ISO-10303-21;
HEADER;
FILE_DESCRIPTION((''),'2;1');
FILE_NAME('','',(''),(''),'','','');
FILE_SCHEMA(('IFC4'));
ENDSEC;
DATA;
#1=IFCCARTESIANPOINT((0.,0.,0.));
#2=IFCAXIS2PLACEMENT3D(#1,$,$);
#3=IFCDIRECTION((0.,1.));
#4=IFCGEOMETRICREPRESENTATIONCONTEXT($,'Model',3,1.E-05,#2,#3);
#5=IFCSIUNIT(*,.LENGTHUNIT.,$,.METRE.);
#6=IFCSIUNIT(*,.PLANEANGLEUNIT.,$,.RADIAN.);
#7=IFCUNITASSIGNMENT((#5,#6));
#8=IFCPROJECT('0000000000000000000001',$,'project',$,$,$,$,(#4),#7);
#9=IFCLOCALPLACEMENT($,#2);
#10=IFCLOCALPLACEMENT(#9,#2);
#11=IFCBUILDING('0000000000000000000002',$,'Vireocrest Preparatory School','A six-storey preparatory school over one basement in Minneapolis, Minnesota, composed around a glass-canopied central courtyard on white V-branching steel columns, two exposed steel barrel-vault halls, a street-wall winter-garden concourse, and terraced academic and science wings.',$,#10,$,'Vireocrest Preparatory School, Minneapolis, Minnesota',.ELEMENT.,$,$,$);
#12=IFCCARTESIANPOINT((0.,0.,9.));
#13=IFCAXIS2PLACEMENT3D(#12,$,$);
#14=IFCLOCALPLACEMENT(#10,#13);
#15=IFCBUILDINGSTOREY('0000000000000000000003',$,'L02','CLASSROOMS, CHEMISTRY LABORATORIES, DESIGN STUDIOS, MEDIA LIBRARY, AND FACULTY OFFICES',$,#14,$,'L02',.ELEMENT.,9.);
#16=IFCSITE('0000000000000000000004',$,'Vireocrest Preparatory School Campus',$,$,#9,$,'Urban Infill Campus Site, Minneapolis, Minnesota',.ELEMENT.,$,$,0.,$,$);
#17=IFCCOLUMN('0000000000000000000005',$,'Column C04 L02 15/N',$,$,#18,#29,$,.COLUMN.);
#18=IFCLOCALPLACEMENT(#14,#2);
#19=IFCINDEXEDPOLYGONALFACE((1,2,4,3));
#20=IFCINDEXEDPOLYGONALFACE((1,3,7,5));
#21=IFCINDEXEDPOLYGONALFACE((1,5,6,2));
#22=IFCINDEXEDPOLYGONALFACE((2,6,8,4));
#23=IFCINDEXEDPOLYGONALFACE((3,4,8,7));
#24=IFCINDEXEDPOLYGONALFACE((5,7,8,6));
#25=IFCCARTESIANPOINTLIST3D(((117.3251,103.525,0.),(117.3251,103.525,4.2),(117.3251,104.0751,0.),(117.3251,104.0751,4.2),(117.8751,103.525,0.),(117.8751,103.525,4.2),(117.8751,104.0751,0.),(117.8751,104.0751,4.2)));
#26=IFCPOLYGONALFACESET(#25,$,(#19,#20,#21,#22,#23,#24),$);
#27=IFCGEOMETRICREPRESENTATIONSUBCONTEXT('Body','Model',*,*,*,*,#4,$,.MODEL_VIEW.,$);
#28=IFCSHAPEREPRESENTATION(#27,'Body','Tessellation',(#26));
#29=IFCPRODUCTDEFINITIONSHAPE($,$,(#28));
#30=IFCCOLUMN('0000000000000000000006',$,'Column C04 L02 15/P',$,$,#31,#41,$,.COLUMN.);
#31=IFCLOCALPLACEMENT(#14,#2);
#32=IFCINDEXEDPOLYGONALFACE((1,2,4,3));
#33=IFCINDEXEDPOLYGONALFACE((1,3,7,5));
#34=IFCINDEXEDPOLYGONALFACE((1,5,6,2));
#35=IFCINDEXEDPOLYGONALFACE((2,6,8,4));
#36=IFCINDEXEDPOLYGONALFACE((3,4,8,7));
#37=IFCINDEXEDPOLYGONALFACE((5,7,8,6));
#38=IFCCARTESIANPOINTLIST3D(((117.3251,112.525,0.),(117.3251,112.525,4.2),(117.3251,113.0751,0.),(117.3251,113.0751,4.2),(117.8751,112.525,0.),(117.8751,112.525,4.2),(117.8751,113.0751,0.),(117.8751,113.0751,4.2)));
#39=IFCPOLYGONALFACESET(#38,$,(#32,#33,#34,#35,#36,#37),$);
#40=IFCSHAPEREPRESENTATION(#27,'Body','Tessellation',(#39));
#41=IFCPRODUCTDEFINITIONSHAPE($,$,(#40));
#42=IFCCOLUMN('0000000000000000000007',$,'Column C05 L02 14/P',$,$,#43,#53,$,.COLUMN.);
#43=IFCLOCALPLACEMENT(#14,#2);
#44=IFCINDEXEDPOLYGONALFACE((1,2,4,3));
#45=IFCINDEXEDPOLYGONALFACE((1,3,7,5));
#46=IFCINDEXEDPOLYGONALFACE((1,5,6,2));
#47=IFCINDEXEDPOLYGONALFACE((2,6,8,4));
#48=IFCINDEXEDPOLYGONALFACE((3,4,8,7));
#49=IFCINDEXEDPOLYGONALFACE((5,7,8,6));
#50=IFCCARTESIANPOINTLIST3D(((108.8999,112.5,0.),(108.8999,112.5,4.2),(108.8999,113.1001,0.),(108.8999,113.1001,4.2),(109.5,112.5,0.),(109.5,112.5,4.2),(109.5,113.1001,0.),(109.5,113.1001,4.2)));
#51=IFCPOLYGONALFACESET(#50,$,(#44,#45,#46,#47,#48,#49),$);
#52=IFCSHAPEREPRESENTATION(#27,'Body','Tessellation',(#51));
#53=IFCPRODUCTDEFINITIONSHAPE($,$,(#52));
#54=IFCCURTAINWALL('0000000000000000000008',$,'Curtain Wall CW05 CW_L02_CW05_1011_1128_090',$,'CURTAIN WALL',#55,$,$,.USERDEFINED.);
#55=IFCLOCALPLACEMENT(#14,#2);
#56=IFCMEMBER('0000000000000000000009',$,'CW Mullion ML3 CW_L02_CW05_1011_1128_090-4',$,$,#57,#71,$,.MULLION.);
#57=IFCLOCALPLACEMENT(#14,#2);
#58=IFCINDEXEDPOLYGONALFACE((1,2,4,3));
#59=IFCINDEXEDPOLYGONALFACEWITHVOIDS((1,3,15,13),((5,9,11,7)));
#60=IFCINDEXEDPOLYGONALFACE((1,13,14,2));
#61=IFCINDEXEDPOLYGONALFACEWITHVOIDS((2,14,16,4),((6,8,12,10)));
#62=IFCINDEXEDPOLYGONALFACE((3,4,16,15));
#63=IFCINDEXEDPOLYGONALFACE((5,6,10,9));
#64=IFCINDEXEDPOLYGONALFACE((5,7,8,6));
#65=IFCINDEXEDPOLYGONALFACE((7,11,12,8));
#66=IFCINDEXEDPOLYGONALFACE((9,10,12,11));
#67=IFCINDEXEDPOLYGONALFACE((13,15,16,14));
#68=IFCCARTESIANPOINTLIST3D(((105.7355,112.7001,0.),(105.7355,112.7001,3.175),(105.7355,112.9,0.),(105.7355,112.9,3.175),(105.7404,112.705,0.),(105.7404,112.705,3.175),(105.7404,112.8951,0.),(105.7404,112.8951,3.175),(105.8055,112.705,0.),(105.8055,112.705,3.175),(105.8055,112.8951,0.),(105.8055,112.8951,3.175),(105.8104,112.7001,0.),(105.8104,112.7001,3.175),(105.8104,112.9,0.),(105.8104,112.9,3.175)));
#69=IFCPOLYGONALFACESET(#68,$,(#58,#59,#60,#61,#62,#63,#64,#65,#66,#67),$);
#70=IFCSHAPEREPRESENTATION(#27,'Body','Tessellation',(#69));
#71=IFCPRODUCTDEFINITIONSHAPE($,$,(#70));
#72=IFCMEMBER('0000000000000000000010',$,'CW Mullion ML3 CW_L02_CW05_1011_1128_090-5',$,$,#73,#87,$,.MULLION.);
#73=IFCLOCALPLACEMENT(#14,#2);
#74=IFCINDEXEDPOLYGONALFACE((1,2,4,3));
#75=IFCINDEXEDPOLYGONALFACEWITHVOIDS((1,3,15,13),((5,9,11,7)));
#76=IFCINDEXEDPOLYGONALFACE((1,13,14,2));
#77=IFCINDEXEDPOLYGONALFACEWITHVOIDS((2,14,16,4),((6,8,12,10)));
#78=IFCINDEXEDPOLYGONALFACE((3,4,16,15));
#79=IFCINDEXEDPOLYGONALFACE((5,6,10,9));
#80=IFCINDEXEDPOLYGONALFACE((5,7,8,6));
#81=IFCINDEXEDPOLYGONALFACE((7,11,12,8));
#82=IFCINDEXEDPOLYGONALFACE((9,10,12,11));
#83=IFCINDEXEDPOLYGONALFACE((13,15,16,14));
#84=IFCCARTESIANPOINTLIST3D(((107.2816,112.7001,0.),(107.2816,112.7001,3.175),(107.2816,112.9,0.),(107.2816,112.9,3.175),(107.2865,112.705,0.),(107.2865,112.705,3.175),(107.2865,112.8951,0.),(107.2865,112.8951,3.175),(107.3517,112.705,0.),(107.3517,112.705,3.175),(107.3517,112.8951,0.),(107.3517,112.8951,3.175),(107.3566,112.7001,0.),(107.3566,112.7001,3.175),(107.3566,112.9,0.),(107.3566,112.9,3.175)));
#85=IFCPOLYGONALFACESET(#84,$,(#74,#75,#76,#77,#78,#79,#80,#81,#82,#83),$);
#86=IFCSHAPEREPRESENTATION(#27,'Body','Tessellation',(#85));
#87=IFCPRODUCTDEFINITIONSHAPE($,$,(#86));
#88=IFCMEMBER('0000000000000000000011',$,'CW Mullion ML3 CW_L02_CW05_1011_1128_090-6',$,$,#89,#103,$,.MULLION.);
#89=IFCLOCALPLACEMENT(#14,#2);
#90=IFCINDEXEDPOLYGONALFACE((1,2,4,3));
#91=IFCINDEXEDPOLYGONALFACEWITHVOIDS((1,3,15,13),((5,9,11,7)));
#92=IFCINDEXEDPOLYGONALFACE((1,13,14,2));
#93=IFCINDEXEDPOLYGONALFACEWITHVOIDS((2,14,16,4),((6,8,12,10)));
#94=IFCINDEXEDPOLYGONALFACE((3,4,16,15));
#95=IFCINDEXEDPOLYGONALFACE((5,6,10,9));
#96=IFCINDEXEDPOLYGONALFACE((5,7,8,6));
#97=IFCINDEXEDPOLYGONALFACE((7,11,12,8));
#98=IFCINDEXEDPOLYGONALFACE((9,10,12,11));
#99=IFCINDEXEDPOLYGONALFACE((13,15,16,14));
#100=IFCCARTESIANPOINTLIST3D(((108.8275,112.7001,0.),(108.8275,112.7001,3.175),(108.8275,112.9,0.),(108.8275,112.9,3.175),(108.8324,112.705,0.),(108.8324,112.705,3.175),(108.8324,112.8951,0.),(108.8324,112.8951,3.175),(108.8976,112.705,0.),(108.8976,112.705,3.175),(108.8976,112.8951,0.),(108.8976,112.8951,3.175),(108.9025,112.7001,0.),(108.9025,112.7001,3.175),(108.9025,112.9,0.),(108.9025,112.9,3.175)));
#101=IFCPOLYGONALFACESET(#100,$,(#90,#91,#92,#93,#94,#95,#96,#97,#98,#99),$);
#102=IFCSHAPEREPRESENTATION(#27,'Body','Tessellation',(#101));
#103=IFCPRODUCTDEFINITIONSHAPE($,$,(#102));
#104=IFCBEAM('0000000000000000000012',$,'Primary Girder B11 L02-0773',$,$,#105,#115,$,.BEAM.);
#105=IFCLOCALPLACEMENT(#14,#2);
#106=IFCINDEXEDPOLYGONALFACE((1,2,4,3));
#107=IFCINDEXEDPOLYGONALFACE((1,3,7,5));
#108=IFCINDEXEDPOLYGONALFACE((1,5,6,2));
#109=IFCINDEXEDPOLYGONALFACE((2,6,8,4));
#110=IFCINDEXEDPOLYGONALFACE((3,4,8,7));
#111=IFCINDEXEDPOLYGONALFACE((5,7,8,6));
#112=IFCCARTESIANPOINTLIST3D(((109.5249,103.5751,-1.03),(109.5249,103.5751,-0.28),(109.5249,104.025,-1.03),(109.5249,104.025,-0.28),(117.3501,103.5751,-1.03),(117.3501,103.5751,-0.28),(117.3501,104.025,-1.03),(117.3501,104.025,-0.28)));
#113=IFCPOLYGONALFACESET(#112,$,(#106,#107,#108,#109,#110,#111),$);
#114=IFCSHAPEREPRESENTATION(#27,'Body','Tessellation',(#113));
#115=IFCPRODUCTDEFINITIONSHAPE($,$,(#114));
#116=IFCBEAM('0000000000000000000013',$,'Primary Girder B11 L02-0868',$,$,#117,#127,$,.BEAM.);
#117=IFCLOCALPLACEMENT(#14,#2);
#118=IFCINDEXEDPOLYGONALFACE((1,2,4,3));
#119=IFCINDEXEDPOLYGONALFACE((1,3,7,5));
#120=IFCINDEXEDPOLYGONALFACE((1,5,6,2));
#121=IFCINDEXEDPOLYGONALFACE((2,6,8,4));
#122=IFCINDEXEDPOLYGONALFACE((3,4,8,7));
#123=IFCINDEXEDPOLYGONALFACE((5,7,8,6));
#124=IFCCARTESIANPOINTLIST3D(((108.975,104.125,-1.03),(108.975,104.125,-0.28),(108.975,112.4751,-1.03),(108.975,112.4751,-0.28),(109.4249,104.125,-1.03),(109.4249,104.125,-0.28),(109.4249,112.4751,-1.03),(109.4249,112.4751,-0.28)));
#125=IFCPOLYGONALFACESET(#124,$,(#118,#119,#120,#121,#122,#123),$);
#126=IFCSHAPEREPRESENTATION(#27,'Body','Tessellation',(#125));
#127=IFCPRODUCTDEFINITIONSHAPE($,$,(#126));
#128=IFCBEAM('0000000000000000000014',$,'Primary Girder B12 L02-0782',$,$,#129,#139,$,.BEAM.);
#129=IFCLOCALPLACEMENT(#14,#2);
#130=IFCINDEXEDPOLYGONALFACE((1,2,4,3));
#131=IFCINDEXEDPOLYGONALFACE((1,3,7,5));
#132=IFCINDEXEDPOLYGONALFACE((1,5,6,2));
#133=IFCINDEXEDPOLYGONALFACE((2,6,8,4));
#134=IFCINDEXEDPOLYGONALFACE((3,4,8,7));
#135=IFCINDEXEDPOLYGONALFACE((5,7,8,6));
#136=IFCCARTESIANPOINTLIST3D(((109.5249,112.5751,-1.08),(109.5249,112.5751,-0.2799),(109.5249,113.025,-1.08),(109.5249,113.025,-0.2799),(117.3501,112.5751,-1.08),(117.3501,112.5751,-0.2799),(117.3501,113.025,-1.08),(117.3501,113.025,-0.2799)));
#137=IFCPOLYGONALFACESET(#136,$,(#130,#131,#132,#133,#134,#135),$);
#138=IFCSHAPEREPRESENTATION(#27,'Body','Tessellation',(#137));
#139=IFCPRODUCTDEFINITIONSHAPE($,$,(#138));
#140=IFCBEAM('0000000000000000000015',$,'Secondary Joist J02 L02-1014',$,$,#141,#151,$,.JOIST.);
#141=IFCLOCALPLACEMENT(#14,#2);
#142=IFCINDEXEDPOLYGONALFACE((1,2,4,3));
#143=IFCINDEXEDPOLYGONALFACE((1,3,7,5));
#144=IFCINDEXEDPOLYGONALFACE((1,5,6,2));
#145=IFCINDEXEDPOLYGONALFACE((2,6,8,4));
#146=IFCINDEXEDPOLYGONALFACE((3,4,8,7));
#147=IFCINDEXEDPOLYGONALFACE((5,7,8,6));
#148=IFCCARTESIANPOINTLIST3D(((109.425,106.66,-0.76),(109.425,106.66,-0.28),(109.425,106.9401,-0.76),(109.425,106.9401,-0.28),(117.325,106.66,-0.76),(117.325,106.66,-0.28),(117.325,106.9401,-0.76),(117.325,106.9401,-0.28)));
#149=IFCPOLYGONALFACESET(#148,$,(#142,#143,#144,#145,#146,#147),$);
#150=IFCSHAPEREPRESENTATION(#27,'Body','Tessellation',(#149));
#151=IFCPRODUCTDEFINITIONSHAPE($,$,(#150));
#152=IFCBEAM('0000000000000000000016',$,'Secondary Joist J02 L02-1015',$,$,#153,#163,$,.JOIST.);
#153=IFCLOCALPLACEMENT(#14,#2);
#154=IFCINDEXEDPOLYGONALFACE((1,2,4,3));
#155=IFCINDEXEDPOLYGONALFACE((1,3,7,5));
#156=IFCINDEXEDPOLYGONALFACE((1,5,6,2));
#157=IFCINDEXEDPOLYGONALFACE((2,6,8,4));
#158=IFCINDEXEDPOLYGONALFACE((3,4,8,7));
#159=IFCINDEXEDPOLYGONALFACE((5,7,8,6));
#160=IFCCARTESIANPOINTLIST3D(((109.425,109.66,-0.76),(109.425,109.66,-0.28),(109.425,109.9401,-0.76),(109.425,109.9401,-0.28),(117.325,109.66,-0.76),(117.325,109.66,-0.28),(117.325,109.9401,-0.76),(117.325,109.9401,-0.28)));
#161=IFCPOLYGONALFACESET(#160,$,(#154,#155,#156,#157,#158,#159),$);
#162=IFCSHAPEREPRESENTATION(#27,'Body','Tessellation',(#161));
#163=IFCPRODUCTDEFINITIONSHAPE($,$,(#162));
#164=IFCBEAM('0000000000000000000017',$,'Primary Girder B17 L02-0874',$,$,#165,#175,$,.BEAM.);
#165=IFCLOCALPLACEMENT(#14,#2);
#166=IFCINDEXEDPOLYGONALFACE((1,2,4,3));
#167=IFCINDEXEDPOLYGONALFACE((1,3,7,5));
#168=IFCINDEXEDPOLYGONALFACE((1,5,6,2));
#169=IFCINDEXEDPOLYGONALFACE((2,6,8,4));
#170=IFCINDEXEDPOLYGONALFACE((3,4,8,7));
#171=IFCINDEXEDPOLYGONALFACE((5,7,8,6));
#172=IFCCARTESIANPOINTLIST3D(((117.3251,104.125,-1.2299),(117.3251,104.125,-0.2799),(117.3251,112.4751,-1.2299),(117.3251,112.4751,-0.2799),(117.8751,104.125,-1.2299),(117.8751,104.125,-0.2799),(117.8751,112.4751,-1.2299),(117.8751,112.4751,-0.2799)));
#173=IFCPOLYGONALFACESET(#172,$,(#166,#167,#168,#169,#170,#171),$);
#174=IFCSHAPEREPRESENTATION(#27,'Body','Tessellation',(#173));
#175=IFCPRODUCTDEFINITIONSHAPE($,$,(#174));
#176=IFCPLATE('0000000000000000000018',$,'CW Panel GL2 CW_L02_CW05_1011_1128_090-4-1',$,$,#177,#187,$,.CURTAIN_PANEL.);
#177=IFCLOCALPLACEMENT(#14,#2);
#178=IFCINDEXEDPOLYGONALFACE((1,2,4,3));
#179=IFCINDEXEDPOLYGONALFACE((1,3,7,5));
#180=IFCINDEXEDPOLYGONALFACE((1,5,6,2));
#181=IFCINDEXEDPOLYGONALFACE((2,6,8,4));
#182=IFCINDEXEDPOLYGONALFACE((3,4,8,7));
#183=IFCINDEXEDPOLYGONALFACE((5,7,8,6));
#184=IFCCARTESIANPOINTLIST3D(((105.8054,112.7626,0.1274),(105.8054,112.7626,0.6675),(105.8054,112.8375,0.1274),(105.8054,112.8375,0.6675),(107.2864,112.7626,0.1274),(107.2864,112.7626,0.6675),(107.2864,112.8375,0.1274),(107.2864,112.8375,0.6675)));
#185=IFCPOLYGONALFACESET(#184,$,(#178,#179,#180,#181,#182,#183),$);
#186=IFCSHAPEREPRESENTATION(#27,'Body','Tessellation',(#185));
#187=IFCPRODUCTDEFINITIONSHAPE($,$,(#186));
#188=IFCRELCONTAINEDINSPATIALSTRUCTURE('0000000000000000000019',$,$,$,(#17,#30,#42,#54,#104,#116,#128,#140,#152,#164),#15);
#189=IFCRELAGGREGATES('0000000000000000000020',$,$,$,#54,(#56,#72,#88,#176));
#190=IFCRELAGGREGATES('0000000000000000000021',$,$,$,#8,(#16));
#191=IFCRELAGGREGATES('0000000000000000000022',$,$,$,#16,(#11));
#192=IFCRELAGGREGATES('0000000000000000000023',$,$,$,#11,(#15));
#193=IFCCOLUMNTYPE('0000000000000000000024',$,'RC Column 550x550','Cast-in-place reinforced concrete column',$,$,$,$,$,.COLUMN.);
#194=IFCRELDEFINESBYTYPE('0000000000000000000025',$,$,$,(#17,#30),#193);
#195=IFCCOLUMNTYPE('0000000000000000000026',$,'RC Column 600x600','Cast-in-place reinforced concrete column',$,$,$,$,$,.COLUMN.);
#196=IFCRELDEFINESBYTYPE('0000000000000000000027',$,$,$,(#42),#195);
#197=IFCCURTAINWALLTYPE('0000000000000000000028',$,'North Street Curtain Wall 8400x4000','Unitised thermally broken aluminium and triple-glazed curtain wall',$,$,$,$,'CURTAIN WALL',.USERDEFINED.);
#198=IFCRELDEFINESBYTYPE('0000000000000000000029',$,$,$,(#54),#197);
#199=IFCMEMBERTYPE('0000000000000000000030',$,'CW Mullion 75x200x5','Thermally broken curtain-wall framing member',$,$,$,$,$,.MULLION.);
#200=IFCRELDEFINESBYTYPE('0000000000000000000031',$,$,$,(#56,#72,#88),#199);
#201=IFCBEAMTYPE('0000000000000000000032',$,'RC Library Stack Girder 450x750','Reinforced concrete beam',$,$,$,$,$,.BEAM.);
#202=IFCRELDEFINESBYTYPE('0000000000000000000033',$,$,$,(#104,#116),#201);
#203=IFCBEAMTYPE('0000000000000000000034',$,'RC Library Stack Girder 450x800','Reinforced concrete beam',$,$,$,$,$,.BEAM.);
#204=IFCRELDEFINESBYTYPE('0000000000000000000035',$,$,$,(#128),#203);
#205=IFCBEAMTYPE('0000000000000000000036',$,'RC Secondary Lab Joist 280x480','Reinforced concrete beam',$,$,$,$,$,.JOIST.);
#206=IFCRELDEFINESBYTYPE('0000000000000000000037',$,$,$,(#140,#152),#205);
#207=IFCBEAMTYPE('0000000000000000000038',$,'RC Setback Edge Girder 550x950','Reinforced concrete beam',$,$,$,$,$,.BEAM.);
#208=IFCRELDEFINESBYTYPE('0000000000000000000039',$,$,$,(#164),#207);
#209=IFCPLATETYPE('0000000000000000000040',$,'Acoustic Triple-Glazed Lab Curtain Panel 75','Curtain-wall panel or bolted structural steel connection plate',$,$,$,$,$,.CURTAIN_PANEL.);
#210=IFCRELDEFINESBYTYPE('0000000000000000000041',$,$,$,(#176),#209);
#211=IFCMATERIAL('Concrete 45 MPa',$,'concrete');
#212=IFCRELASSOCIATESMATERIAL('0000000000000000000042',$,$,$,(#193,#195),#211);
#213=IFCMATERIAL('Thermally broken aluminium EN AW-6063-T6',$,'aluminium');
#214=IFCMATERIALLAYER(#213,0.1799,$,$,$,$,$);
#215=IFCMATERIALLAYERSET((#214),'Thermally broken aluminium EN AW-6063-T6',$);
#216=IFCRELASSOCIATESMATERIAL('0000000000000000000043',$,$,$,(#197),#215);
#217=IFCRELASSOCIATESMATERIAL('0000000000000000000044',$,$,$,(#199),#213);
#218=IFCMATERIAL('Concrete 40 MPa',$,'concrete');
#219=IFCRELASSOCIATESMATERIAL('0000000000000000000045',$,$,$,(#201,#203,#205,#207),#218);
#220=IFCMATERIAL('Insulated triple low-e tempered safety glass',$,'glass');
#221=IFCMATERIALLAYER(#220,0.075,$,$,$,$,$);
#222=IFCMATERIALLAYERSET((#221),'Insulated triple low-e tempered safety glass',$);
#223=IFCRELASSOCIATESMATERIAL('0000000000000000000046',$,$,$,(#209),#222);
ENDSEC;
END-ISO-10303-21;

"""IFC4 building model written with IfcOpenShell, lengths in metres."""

from ifc_helpers import new_model, si_unit, direction, frame, origin, origin_2d, place, context, subcontext, project, spatial, rectangle, hollow_rectangle, extrude, material, layer, layer_set, material_profile, profile_set, type_object, element, aggregate, save


model = new_model("IFC4")

# Units and contexts
model_context = context("Model", 3, precision=1e-05, world=origin(), true_north=direction((0.0, 1.0)))
body_context = subcontext(model_context, "Body", "Model", "MODEL_VIEW")
ifc_project = project(units=[si_unit("LENGTHUNIT", "METRE"), si_unit("PLANEANGLEUNIT", "RADIAN")], contexts=[model_context])

# Site, building, storey
site_placement = place(None, origin())
site = spatial("IfcSite", under=ifc_project, at=site_placement, Name="Vireocrest Preparatory School Campus", LongName="Urban Infill Campus Site, Minneapolis, Minnesota", CompositionType="ELEMENT", RefElevation=0.0)
building_placement = place(site_placement, origin())
building = spatial("IfcBuilding", under=site, at=building_placement, Name="Vireocrest Preparatory School", Description="A six-storey preparatory school over one basement in Minneapolis, Minnesota, composed around a glass-canopied central courtyard on white V-branching steel columns, two exposed steel barrel-vault halls, a street-wall winter-garden concourse, and terraced academic and science wings.", LongName="Vireocrest Preparatory School, Minneapolis, Minnesota", CompositionType="ELEMENT")
storey_placement = place(building_placement, frame((0.0, 0.0, 9.0)))
storey = spatial("IfcBuildingStorey", under=building, at=storey_placement, Name="L02", Description="CLASSROOMS, CHEMISTRY LABORATORIES, DESIGN STUDIOS, MEDIA LIBRARY, AND FACULTY OFFICES", LongName="L02", CompositionType="ELEMENT", Elevation=9.0)

# Columns
ifc_material_1 = material(Name="Concrete 45 MPa", Category="concrete")
ifc_material_profile_1 = material_profile(ifc_material_1, rectangle(XDim=0.55, YDim=0.55, at=origin_2d()), Name="RC 550x550")
ifc_profile_set_1 = profile_set([ifc_material_profile_1], Name="Concrete 45 MPa")
column_type_1 = type_object("IfcColumnType", Name="RC Column 550x550", Description="Cast-in-place reinforced concrete column", PredefinedType="COLUMN", material=ifc_profile_set_1)
for number, where, z_axis, x_axis, name in (
    (1, (117.6001, 103.8, 0.0), (0.0, 0.0, 1.0), (1.0, 0.0, 0.0), "Column C04 L02 15/N"),
    (2, (117.6001, 112.8, 0.0), (0.0, 0.0, 1.0), (1.0, 0.0, 0.0), "Column C04 L02 15/P"),
):
    element("IfcColumn", number, at=place(storey_placement, frame(where, z_axis=z_axis, x_axis=x_axis)), inside=storey, type_object=column_type_1, Name=name, PredefinedType="COLUMN", context=body_context, shape_type="SweptSolid", body=[
        extrude(rectangle(XDim=0.55, YDim=0.55, at=origin_2d()), origin(), (0.0, 0.0, 1.0), 4.2),
    ])
ifc_material_profile_2 = material_profile(ifc_material_1, rectangle(XDim=0.6001, YDim=0.6001, at=origin_2d()), Name="RC 600x600")
ifc_profile_set_2 = profile_set([ifc_material_profile_2], Name="Concrete 45 MPa")
column_type_2 = type_object("IfcColumnType", Name="RC Column 600x600", Description="Cast-in-place reinforced concrete column", PredefinedType="COLUMN", material=ifc_profile_set_2)
column_placement = place(storey_placement, frame((109.2, 112.8, 0.0), z_axis=(0.0, 0.0, 1.0), x_axis=(1.0, 0.0, 0.0)))
element("IfcColumn", 3, at=column_placement, inside=storey, type_object=column_type_2, Name="Column C05 L02 14/P", PredefinedType="COLUMN", context=body_context, shape_type="SweptSolid", body=[
    extrude(rectangle(XDim=0.6001, YDim=0.6001, at=origin_2d()), origin(), (0.0, 0.0, 1.0), 4.2),
])

# Curtain wall, members
ifc_material_2 = material(Name="Thermally broken aluminium EN AW-6063-T6", Category="aluminium")
ifc_layer_1 = layer(ifc_material_2, 0.1799)
ifc_layer_set_1 = layer_set([ifc_layer_1], Name="Thermally broken aluminium EN AW-6063-T6")
curtain_wall_type = type_object("IfcCurtainWallType", Name="North Street Curtain Wall 8400x4000", Description="Unitised thermally broken aluminium and triple-glazed curtain wall", ElementType="CURTAIN WALL", PredefinedType="USERDEFINED", material=ifc_layer_set_1)
curtain_wall_placement = place(storey_placement, origin())
curtain_wall = element("IfcCurtainWall", 4, at=curtain_wall_placement, inside=storey, type_object=curtain_wall_type, Name="Curtain Wall CW05 CW_L02_CW05_1011_1128_090", ObjectType="CURTAIN WALL", PredefinedType="USERDEFINED")
ifc_material_profile_3 = material_profile(ifc_material_2, hollow_rectangle(XDim=0.075, YDim=0.2, WallThickness=0.0049, at=origin_2d()), Name="ALU 75x200x5")
ifc_profile_set_3 = profile_set([ifc_material_profile_3], Name="Thermally broken aluminium EN AW-6063-T6")
member_type = type_object("IfcMemberType", Name="CW Mullion 75x200x5", Description="Thermally broken curtain-wall framing member", PredefinedType="MULLION", material=ifc_profile_set_3)
member_1_placement = place(storey_placement, frame((105.7729, 112.8, 0.0), z_axis=(0.0, 0.0, 1.0), x_axis=(1.0, 0.0, 0.0)))
member_1 = element("IfcMember", 5, at=member_1_placement, type_object=member_type, Name="CW Mullion ML3 CW_L02_CW05_1011_1128_090-4", PredefinedType="MULLION", context=body_context, shape_type="SweptSolid", body=[
    extrude(hollow_rectangle(XDim=0.075, YDim=0.2, WallThickness=0.0049, at=origin_2d()), origin(), (0.0, 0.0, 1.0), 3.175),
])
member_2_placement = place(storey_placement, frame((107.3191, 112.8, 0.0), z_axis=(0.0, 0.0, 1.0), x_axis=(1.0, 0.0, 0.0)))
member_2 = element("IfcMember", 6, at=member_2_placement, type_object=member_type, Name="CW Mullion ML3 CW_L02_CW05_1011_1128_090-5", PredefinedType="MULLION", context=body_context, shape_type="SweptSolid", body=[
    extrude(hollow_rectangle(XDim=0.075, YDim=0.2, WallThickness=0.0049, at=origin_2d()), origin(), (0.0, 0.0, 1.0), 3.175),
])
member_3_placement = place(storey_placement, frame((108.865, 112.8, 0.0), z_axis=(0.0, 0.0, 1.0), x_axis=(1.0, 0.0, 0.0)))
member_3 = element("IfcMember", 7, at=member_3_placement, type_object=member_type, Name="CW Mullion ML3 CW_L02_CW05_1011_1128_090-6", PredefinedType="MULLION", context=body_context, shape_type="SweptSolid", body=[
    extrude(hollow_rectangle(XDim=0.075, YDim=0.2, WallThickness=0.0049, at=origin_2d()), origin(), (0.0, 0.0, 1.0), 3.175),
])

# Beams
ifc_material_3 = material(Name="Concrete 40 MPa", Category="concrete")
ifc_material_profile_4 = material_profile(ifc_material_3, rectangle(XDim=0.45, YDim=0.75, at=origin_2d()), Name="RC 450x750")
ifc_profile_set_4 = profile_set([ifc_material_profile_4], Name="Concrete 40 MPa")
beam_type_1 = type_object("IfcBeamType", Name="RC Library Stack Girder 450x750", Description="Reinforced concrete beam", PredefinedType="BEAM", material=ifc_profile_set_4)
beam_1_placement = place(storey_placement, frame((109.5249, 103.8, -0.655), z_axis=(1.0, 0.0, 0.0), x_axis=(0.0, 1.0, 0.0)))
element("IfcBeam", 8, at=beam_1_placement, inside=storey, type_object=beam_type_1, Name="Primary Girder B11 L02-0773", PredefinedType="BEAM", context=body_context, shape_type="SweptSolid", body=[
    extrude(rectangle(XDim=0.45, YDim=0.75, at=origin_2d()), origin(), (0.0, 0.0, 1.0), 7.8252),
])
beam_2_placement = place(storey_placement, frame((109.2, 104.125, -0.655), z_axis=(0.0, 1.0, 0.0), x_axis=(-1.0, 0.0, 0.0)))
element("IfcBeam", 9, at=beam_2_placement, inside=storey, type_object=beam_type_1, Name="Primary Girder B11 L02-0868", PredefinedType="BEAM", context=body_context, shape_type="SweptSolid", body=[
    extrude(rectangle(XDim=0.45, YDim=0.75, at=origin_2d()), origin(), (0.0, 0.0, 1.0), 8.3501),
])
ifc_material_profile_5 = material_profile(ifc_material_3, rectangle(XDim=0.45, YDim=0.8, at=origin_2d()), Name="RC 450x800")
ifc_profile_set_5 = profile_set([ifc_material_profile_5], Name="Concrete 40 MPa")
beam_type_2 = type_object("IfcBeamType", Name="RC Library Stack Girder 450x800", Description="Reinforced concrete beam", PredefinedType="BEAM", material=ifc_profile_set_5)
beam_3_placement = place(storey_placement, frame((109.5249, 112.8, -0.6799), z_axis=(1.0, 0.0, 0.0), x_axis=(0.0, 1.0, 0.0)))
element("IfcBeam", 10, at=beam_3_placement, inside=storey, type_object=beam_type_2, Name="Primary Girder B12 L02-0782", PredefinedType="BEAM", context=body_context, shape_type="SweptSolid", body=[
    extrude(rectangle(XDim=0.45, YDim=0.8, at=origin_2d()), origin(), (0.0, 0.0, 1.0), 7.8252),
])
ifc_material_profile_6 = material_profile(ifc_material_3, rectangle(XDim=0.28, YDim=0.48, at=origin_2d()), Name="RC 280x480")
ifc_profile_set_6 = profile_set([ifc_material_profile_6], Name="Concrete 40 MPa")
beam_type_3 = type_object("IfcBeamType", Name="RC Secondary Lab Joist 280x480", Description="Reinforced concrete beam", PredefinedType="JOIST", material=ifc_profile_set_6)
for number, where, z_axis, x_axis, name in (
    (11, (109.425, 106.8, -0.52), (1.0, 0.0, 0.0), (0.0, 1.0, 0.0), "Secondary Joist J02 L02-1014"),
    (12, (109.425, 109.8, -0.52), (1.0, 0.0, 0.0), (0.0, 1.0, 0.0), "Secondary Joist J02 L02-1015"),
):
    element("IfcBeam", number, at=place(storey_placement, frame(where, z_axis=z_axis, x_axis=x_axis)), inside=storey, type_object=beam_type_3, Name=name, PredefinedType="JOIST", context=body_context, shape_type="SweptSolid", body=[
        extrude(rectangle(XDim=0.28, YDim=0.48, at=origin_2d()), origin(), (0.0, 0.0, 1.0), 7.8999),
    ])
ifc_material_profile_7 = material_profile(ifc_material_3, rectangle(XDim=0.55, YDim=0.95, at=origin_2d()), Name="RC 550x950")
ifc_profile_set_7 = profile_set([ifc_material_profile_7], Name="Concrete 40 MPa")
beam_type_4 = type_object("IfcBeamType", Name="RC Setback Edge Girder 550x950", Description="Reinforced concrete beam", PredefinedType="BEAM", material=ifc_profile_set_7)
beam_4_placement = place(storey_placement, frame((117.6001, 104.125, -0.7549), z_axis=(0.0, 1.0, 0.0), x_axis=(-1.0, 0.0, 0.0)))
element("IfcBeam", 13, at=beam_4_placement, inside=storey, type_object=beam_type_4, Name="Primary Girder B17 L02-0874", PredefinedType="BEAM", context=body_context, shape_type="SweptSolid", body=[
    extrude(rectangle(XDim=0.55, YDim=0.95, at=origin_2d()), origin(), (0.0, 0.0, 1.0), 8.3501),
])

# Plate
ifc_material_4 = material(Name="Insulated triple low-e tempered safety glass", Category="glass")
ifc_layer_2 = layer(ifc_material_4, 0.075)
ifc_layer_set_2 = layer_set([ifc_layer_2], Name="Insulated triple low-e tempered safety glass")
plate_type = type_object("IfcPlateType", Name="Acoustic Triple-Glazed Lab Curtain Panel 75", Description="Curtain-wall panel or bolted structural steel connection plate", PredefinedType="CURTAIN_PANEL", material=ifc_layer_set_2)
plate_1_placement = place(storey_placement, frame((106.5459, 112.8, 0.1274), z_axis=(0.0, 0.0, 1.0), x_axis=(1.0, 0.0, 0.0)))
plate_1 = element("IfcPlate", 14, at=plate_1_placement, type_object=plate_type, Name="CW Panel GL2 CW_L02_CW05_1011_1128_090-4-1", PredefinedType="CURTAIN_PANEL", context=body_context, shape_type="SweptSolid", body=[
    extrude(rectangle(XDim=1.481, YDim=0.075, at=origin_2d()), origin(), (0.0, 0.0, 1.0), 0.54),
])
aggregate(curtain_wall, [member_1, member_2, member_3, plate_1])

save(model, "model.ifc")
